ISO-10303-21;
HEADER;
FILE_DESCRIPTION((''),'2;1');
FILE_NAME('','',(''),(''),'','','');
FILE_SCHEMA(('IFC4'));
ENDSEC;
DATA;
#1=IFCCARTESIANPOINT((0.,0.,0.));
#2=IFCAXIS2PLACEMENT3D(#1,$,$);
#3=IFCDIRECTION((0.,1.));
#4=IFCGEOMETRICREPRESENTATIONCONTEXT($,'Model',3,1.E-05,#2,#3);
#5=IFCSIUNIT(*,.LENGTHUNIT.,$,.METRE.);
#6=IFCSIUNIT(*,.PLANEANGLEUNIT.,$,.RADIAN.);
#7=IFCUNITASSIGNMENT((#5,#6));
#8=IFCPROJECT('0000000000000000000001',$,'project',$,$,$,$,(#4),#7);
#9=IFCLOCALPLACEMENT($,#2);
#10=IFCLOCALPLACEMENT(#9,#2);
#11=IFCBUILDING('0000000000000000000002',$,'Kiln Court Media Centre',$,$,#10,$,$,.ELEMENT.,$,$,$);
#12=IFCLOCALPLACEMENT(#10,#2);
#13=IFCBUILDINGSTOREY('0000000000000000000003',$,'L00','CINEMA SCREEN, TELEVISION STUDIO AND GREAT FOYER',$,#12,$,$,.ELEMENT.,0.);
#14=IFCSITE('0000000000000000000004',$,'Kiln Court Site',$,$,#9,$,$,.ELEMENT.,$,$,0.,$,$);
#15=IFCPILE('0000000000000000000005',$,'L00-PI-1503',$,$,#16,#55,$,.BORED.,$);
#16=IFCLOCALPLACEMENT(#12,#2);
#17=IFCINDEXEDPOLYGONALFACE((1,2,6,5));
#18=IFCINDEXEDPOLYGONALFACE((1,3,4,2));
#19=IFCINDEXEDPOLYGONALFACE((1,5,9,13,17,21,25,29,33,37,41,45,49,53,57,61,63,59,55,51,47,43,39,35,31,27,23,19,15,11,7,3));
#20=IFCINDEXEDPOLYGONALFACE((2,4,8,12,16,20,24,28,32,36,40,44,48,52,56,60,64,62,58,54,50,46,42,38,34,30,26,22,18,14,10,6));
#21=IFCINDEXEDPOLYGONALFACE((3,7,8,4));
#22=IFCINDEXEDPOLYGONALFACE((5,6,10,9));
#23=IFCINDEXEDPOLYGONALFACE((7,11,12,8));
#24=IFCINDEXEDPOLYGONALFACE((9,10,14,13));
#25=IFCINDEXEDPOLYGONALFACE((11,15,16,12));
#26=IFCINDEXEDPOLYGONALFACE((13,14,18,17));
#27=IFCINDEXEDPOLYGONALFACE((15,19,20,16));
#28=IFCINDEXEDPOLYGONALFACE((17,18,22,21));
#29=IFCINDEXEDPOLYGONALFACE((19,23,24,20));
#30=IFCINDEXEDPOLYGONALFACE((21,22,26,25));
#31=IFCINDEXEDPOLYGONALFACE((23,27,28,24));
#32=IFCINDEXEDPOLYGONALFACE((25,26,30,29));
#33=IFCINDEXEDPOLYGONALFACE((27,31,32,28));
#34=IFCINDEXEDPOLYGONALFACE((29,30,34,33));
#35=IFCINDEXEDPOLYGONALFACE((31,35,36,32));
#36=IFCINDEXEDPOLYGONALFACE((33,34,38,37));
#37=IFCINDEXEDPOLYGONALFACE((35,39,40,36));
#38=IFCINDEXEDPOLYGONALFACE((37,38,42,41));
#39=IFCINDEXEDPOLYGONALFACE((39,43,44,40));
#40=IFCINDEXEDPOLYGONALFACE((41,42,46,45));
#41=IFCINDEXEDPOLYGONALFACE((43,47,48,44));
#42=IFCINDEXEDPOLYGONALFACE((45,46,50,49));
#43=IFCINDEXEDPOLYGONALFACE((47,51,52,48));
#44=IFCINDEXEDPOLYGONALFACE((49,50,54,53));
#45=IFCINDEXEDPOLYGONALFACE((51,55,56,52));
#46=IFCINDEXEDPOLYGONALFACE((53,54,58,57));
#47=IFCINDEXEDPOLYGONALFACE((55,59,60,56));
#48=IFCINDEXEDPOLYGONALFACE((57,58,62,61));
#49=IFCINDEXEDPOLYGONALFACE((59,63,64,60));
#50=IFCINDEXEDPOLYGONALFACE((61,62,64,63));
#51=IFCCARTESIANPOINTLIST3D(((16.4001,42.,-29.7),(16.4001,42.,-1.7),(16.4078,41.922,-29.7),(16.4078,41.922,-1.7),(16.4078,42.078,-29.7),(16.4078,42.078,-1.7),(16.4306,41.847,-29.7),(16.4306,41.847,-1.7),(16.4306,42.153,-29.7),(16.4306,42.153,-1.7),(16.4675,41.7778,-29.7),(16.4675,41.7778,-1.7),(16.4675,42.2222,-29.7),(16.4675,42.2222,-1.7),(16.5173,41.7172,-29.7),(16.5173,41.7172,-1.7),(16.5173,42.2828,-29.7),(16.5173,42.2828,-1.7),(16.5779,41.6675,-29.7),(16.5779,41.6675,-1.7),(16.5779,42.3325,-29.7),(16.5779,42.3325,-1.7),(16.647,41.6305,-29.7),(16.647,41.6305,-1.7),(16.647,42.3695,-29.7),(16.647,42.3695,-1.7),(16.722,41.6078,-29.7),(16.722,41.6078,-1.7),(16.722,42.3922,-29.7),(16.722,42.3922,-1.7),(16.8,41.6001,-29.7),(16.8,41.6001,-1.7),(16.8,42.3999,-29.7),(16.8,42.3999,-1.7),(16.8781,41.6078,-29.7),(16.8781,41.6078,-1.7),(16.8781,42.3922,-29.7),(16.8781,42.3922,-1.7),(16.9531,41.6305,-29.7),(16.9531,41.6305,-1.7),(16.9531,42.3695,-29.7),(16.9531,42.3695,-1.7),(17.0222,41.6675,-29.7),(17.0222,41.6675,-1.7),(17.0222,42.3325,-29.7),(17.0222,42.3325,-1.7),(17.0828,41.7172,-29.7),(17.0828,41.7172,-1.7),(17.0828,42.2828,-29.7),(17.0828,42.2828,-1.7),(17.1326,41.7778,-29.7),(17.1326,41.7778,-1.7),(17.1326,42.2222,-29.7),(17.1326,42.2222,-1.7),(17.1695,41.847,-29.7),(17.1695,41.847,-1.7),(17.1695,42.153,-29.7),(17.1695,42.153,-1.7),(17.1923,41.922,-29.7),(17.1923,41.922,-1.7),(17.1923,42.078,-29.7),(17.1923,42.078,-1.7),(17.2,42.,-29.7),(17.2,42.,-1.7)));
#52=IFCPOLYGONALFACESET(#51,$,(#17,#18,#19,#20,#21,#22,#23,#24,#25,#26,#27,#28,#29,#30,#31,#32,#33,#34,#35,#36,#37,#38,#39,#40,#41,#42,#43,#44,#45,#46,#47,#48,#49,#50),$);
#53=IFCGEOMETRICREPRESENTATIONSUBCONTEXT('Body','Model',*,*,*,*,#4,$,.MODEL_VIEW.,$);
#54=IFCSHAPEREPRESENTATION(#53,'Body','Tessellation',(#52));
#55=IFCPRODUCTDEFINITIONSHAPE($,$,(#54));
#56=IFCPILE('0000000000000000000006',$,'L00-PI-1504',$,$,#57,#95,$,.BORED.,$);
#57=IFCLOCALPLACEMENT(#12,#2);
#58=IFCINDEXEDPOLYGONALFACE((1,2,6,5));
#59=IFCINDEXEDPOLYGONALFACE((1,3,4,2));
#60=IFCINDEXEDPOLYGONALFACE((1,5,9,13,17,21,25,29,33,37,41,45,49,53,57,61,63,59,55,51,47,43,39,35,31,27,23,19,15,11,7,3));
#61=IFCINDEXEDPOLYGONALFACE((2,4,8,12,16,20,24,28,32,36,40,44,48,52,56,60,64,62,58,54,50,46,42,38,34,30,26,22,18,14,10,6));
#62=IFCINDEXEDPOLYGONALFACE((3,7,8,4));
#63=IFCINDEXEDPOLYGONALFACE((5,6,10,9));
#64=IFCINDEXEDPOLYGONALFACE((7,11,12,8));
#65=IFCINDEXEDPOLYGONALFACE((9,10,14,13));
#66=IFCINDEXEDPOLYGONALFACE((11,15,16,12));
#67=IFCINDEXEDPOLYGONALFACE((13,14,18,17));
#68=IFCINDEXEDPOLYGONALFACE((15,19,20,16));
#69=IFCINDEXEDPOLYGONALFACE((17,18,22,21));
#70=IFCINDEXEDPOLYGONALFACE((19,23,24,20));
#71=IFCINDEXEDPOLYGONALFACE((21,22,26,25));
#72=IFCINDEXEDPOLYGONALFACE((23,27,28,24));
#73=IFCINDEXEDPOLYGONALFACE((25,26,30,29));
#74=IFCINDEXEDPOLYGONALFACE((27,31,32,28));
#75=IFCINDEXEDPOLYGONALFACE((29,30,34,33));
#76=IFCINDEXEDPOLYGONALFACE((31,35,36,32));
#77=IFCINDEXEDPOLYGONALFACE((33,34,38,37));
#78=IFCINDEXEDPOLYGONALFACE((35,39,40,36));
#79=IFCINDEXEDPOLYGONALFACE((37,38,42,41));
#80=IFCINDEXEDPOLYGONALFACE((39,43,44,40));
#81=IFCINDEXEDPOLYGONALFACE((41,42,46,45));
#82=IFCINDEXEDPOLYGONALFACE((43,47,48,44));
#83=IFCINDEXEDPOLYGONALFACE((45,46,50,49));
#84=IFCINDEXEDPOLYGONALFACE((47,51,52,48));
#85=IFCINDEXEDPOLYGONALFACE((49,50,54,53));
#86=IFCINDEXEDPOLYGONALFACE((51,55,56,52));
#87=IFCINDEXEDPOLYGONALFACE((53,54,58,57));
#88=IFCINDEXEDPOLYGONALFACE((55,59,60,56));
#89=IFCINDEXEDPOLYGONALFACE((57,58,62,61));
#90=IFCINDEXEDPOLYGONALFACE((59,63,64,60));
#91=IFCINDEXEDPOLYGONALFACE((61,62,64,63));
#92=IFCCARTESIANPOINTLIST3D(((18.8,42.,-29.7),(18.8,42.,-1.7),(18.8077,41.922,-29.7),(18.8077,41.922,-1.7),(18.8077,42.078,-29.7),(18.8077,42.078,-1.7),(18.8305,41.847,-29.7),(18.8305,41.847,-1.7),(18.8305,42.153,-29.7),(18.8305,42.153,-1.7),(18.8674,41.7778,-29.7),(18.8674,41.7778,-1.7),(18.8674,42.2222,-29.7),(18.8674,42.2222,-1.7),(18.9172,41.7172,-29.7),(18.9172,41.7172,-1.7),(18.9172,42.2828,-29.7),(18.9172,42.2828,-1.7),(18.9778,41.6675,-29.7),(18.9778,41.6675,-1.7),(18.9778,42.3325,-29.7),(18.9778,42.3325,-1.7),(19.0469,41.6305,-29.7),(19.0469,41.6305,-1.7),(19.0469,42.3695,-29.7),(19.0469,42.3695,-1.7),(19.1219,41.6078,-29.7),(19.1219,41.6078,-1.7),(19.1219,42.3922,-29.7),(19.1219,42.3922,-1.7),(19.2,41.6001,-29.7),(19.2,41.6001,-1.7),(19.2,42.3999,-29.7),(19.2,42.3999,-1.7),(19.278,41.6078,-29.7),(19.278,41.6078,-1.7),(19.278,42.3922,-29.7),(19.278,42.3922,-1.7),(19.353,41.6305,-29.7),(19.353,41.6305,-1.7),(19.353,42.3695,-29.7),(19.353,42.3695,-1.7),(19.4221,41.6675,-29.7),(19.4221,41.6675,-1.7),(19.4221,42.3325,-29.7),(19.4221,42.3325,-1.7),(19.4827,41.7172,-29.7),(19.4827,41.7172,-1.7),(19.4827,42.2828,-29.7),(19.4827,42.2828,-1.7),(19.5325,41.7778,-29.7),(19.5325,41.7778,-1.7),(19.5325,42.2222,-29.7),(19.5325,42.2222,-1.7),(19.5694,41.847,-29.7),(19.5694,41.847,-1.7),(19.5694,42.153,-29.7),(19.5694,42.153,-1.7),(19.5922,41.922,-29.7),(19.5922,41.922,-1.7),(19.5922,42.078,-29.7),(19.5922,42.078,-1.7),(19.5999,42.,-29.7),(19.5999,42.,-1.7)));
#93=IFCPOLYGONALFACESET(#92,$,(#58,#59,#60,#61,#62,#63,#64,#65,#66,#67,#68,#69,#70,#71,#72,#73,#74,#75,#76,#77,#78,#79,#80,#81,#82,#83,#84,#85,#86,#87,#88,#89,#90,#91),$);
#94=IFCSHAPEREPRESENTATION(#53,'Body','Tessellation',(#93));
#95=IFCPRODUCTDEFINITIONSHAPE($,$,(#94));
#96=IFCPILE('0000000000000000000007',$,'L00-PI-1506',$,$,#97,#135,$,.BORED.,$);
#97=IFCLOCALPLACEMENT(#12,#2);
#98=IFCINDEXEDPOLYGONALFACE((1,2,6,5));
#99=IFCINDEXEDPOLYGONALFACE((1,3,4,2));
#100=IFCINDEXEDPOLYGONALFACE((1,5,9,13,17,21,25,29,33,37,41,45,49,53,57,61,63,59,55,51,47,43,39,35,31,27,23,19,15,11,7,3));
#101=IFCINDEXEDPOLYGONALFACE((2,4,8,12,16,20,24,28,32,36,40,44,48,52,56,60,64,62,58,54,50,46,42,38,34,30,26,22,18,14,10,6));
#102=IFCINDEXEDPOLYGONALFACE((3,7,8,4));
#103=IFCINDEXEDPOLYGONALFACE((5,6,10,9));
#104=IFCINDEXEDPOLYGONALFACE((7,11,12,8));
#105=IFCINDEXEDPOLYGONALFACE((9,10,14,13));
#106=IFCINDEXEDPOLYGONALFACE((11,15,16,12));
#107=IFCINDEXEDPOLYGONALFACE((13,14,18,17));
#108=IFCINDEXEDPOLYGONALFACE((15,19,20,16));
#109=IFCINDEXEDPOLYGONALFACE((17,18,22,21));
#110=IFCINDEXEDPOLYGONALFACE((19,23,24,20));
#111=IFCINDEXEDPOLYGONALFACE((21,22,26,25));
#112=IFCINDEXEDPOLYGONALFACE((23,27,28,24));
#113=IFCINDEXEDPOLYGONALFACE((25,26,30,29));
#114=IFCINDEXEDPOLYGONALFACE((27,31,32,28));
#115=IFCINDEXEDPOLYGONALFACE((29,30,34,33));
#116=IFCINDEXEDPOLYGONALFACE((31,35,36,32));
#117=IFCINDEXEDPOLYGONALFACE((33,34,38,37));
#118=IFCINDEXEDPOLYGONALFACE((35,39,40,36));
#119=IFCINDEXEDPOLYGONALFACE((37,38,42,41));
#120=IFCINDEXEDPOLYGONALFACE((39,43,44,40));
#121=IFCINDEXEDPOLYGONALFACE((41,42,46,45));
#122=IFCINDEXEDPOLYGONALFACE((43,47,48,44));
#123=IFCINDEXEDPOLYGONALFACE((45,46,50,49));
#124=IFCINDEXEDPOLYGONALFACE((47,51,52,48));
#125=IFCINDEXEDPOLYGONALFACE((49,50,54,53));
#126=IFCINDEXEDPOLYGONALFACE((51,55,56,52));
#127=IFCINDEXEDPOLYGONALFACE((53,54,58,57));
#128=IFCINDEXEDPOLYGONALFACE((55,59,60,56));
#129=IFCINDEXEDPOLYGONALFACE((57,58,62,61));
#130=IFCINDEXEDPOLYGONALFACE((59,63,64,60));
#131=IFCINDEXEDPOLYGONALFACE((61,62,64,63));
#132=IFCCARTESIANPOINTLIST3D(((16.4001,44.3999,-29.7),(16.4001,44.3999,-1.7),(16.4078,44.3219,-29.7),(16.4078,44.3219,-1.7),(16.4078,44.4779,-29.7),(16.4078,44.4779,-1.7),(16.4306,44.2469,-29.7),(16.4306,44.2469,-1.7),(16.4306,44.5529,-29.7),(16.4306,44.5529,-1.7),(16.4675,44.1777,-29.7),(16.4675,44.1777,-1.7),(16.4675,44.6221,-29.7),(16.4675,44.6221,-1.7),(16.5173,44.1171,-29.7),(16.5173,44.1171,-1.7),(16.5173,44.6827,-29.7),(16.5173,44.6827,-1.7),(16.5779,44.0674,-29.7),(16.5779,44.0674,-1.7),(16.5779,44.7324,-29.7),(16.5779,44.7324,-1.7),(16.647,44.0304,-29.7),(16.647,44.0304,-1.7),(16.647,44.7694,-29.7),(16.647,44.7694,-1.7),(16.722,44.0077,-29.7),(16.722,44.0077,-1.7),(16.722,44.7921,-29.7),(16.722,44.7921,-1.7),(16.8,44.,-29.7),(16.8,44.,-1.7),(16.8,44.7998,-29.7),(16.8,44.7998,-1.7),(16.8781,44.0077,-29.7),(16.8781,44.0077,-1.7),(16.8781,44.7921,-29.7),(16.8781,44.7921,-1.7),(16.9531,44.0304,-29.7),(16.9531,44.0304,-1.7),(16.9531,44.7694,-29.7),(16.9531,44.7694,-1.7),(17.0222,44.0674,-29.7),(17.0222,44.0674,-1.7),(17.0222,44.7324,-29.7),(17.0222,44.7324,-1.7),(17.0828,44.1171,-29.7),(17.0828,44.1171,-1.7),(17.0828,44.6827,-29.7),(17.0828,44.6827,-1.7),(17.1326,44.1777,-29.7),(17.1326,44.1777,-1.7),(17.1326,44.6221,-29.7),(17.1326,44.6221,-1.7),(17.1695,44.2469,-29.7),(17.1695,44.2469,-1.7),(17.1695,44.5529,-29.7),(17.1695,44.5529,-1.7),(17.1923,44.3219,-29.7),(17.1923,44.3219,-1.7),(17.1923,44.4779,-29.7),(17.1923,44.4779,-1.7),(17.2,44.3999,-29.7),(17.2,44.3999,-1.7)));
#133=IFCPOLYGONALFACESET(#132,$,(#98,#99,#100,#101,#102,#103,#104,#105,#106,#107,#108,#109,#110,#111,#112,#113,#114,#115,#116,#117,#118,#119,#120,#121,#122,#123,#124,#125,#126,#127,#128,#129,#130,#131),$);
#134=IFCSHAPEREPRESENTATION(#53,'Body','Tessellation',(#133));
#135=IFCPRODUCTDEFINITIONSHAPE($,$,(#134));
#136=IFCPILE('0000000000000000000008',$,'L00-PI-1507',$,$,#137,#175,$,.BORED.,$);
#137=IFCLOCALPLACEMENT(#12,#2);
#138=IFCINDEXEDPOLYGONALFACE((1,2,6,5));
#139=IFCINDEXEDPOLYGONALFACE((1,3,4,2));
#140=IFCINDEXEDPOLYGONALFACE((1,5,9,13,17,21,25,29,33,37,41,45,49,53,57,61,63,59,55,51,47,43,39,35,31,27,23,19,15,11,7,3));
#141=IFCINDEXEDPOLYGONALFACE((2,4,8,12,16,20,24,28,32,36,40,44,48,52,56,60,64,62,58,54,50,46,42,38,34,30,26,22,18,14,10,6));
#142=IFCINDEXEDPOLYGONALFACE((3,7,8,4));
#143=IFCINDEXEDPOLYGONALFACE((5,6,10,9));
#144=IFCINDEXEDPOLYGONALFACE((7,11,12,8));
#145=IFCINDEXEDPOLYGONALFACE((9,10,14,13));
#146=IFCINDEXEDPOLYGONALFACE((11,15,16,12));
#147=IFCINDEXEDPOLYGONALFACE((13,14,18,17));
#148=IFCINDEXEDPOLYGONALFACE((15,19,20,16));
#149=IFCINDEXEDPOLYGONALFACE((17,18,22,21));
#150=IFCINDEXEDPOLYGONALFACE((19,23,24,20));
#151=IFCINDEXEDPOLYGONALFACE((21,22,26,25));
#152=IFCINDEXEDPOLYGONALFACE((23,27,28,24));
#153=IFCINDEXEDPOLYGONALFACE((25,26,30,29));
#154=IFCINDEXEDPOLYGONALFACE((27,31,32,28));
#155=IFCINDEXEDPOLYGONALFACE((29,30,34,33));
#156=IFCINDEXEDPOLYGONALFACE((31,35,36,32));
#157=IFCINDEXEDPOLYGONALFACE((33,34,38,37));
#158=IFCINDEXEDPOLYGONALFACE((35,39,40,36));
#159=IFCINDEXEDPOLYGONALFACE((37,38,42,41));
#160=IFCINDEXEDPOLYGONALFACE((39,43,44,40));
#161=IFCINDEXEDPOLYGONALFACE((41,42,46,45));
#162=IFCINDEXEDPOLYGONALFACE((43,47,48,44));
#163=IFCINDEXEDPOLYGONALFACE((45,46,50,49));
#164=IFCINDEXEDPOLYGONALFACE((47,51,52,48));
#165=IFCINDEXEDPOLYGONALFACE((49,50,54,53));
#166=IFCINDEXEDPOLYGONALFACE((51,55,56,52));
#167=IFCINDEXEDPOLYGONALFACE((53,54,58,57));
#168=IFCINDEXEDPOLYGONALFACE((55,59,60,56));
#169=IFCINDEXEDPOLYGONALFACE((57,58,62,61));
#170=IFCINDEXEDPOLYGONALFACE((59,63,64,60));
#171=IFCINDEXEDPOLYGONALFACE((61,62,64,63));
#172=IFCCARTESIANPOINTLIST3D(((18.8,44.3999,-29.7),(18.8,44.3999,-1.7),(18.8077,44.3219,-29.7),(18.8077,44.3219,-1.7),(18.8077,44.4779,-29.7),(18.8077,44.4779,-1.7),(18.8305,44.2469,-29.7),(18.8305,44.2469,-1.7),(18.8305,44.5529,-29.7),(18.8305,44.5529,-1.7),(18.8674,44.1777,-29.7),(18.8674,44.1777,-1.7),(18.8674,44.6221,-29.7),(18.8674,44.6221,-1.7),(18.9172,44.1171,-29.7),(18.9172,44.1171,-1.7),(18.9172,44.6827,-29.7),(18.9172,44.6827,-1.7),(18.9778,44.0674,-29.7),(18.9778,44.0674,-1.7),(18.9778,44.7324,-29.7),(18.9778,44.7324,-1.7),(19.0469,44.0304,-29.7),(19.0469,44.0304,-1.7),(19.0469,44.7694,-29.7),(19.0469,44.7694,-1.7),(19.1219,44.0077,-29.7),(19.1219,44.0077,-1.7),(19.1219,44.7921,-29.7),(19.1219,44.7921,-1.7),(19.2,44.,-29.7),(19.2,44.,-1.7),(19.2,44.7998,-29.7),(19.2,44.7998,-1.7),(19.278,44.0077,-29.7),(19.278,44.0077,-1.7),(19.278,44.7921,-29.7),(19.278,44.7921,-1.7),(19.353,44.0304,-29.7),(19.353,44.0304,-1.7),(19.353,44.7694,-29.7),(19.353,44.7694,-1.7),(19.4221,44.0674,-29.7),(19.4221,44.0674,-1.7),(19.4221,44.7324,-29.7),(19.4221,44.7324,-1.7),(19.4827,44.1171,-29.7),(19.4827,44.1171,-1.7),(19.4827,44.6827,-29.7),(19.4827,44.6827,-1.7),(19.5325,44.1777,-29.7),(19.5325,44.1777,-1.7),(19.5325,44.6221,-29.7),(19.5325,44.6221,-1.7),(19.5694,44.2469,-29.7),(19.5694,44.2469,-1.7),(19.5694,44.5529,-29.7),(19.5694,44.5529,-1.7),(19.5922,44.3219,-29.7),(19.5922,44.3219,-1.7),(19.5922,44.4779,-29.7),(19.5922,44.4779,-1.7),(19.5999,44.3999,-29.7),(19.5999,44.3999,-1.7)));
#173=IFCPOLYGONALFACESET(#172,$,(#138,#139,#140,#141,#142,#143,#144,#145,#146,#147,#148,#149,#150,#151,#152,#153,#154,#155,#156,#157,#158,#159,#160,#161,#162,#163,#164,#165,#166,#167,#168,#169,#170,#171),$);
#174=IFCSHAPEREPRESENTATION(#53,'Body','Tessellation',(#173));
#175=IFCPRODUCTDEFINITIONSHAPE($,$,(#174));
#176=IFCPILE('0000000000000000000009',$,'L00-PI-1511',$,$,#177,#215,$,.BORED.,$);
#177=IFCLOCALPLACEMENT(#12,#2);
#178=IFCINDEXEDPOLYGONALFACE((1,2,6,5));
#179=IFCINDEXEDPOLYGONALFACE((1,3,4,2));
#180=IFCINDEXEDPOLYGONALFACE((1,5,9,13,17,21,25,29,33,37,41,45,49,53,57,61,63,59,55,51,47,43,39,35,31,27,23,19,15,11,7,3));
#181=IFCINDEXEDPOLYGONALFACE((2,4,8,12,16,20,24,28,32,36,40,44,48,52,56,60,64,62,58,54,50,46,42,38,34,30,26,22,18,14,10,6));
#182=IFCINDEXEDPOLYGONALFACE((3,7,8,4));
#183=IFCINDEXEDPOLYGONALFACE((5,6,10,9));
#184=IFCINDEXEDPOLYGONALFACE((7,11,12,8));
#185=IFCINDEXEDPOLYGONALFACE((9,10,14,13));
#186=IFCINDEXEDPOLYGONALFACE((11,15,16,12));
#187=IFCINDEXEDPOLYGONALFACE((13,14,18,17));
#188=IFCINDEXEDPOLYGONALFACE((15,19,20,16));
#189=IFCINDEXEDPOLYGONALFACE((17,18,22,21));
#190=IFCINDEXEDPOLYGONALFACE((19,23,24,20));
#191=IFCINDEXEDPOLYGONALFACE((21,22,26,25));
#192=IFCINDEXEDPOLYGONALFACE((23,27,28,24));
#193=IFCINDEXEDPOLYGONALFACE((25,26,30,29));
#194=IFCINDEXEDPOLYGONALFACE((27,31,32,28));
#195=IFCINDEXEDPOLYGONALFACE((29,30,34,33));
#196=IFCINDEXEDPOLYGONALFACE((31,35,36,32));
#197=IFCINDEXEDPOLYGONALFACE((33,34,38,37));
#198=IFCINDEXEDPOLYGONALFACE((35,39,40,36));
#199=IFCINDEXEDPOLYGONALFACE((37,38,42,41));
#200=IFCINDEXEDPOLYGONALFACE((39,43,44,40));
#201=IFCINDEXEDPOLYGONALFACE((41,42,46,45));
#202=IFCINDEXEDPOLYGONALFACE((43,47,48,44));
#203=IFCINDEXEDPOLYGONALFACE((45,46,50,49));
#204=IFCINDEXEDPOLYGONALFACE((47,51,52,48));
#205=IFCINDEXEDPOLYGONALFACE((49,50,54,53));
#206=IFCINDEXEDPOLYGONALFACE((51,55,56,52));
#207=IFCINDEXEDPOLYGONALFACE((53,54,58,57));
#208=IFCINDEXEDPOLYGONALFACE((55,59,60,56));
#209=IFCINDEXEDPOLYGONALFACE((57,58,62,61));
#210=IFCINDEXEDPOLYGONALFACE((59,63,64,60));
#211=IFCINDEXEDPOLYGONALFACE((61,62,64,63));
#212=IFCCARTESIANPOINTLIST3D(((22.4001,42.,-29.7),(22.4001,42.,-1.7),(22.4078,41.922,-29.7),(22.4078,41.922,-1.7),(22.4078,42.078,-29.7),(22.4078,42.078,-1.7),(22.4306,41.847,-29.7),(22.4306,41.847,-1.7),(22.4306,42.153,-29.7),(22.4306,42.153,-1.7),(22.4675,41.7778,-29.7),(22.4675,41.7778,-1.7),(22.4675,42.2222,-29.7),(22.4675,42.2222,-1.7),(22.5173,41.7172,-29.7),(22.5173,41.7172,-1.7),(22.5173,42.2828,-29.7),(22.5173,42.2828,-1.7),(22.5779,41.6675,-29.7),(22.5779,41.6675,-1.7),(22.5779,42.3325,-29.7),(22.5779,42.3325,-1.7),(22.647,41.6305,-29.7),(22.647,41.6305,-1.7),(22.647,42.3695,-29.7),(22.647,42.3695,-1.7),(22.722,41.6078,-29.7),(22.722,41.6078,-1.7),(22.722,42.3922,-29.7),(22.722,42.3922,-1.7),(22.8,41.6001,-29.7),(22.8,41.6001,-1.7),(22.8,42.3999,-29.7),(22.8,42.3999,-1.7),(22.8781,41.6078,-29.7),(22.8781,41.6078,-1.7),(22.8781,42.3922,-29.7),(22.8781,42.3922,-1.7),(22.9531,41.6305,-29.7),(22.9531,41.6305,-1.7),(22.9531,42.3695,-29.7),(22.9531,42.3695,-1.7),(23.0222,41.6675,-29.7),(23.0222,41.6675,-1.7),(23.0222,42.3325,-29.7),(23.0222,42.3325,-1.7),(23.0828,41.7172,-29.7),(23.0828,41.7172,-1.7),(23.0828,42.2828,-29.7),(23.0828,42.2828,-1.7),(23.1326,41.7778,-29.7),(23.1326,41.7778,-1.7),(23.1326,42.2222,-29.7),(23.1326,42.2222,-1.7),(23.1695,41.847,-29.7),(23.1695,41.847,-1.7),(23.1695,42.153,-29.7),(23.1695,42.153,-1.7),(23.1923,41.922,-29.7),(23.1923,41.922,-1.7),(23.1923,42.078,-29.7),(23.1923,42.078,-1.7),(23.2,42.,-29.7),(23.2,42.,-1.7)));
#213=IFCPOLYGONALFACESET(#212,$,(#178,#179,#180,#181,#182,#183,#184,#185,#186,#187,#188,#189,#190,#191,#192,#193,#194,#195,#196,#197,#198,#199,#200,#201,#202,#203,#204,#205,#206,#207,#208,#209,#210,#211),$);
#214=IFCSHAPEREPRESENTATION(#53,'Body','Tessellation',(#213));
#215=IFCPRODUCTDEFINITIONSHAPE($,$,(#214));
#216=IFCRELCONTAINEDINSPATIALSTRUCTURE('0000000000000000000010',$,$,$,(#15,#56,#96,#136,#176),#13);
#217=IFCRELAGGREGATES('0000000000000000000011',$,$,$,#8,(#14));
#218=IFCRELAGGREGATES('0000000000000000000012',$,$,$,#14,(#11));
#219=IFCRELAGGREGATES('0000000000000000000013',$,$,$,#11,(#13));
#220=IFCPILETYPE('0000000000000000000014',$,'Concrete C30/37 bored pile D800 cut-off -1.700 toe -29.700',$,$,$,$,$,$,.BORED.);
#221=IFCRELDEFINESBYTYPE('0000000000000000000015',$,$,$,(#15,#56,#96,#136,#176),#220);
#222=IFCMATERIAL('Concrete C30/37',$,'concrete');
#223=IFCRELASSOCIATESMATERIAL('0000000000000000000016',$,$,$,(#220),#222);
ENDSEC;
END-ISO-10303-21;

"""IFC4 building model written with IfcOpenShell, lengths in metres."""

from ifc_helpers import new_model, si_unit, direction, frame, origin, origin_2d, place, context, subcontext, project, spatial, circle, extrude, material, material_profile, profile_set, type_object, element, save


model = new_model("IFC4")

# Units and contexts
model_context = context("Model", 3, precision=1e-05, world=origin(), true_north=direction((0.0, 1.0)))
body_context = subcontext(model_context, "Body", "Model", "MODEL_VIEW")
ifc_project = project(units=[si_unit("LENGTHUNIT", "METRE"), si_unit("PLANEANGLEUNIT", "RADIAN")], contexts=[model_context])

# Site, building, storey
site_placement = place(None, origin())
site = spatial("IfcSite", under=ifc_project, at=site_placement, Name="Kiln Court Site", CompositionType="ELEMENT", RefElevation=0.0)
building_placement = place(site_placement, origin())
building = spatial("IfcBuilding", under=site, at=building_placement, Name="Kiln Court Media Centre", CompositionType="ELEMENT")
storey_placement = place(building_placement, origin())
storey = spatial("IfcBuildingStorey", under=building, at=storey_placement, Name="L00", Description="CINEMA SCREEN, TELEVISION STUDIO AND GREAT FOYER", CompositionType="ELEMENT", Elevation=0.0)

# Piles
ifc_material_1 = material(Name="Concrete C30/37", Category="concrete")
ifc_material_profile_1 = material_profile(ifc_material_1, circle(Radius=0.3999, at=origin_2d()), Name="PILE D800")
ifc_profile_set_1 = profile_set([ifc_material_profile_1], Name="Concrete C30/37")
pile_type_1 = type_object("IfcPileType", Name="Concrete C30/37 bored pile D800 cut-off -1.700 toe -29.700", PredefinedType="BORED", material=ifc_profile_set_1)
for number, where, z_axis, x_axis, name in (
    (1, (16.8, 42.0, -1.7), (0.0, 0.0, -1.0), (1.0, 0.0, 0.0), "L00-PI-1503"),
    (2, (19.2, 42.0, -1.7), (0.0, 0.0, -1.0), (1.0, 0.0, 0.0), "L00-PI-1504"),
    (3, (16.8, 44.3999, -1.7), (0.0, 0.0, -1.0), (1.0, 0.0, 0.0), "L00-PI-1506"),
    (4, (19.2, 44.3999, -1.7), (0.0, 0.0, -1.0), (1.0, 0.0, 0.0), "L00-PI-1507"),
    (5, (22.8, 42.0, -1.7), (0.0, 0.0, -1.0), (1.0, 0.0, 0.0), "L00-PI-1511"),
):
    element("IfcPile", number, at=place(storey_placement, frame(where, z_axis=z_axis, x_axis=x_axis)), inside=storey, type_object=pile_type_1, Name=name, PredefinedType="BORED", context=body_context, shape_type="SweptSolid", body=[
        extrude(circle(Radius=0.3999, at=origin_2d()), origin(), (0.0, 0.0, 1.0), 28.0),
    ])

save(model, "model.ifc")
